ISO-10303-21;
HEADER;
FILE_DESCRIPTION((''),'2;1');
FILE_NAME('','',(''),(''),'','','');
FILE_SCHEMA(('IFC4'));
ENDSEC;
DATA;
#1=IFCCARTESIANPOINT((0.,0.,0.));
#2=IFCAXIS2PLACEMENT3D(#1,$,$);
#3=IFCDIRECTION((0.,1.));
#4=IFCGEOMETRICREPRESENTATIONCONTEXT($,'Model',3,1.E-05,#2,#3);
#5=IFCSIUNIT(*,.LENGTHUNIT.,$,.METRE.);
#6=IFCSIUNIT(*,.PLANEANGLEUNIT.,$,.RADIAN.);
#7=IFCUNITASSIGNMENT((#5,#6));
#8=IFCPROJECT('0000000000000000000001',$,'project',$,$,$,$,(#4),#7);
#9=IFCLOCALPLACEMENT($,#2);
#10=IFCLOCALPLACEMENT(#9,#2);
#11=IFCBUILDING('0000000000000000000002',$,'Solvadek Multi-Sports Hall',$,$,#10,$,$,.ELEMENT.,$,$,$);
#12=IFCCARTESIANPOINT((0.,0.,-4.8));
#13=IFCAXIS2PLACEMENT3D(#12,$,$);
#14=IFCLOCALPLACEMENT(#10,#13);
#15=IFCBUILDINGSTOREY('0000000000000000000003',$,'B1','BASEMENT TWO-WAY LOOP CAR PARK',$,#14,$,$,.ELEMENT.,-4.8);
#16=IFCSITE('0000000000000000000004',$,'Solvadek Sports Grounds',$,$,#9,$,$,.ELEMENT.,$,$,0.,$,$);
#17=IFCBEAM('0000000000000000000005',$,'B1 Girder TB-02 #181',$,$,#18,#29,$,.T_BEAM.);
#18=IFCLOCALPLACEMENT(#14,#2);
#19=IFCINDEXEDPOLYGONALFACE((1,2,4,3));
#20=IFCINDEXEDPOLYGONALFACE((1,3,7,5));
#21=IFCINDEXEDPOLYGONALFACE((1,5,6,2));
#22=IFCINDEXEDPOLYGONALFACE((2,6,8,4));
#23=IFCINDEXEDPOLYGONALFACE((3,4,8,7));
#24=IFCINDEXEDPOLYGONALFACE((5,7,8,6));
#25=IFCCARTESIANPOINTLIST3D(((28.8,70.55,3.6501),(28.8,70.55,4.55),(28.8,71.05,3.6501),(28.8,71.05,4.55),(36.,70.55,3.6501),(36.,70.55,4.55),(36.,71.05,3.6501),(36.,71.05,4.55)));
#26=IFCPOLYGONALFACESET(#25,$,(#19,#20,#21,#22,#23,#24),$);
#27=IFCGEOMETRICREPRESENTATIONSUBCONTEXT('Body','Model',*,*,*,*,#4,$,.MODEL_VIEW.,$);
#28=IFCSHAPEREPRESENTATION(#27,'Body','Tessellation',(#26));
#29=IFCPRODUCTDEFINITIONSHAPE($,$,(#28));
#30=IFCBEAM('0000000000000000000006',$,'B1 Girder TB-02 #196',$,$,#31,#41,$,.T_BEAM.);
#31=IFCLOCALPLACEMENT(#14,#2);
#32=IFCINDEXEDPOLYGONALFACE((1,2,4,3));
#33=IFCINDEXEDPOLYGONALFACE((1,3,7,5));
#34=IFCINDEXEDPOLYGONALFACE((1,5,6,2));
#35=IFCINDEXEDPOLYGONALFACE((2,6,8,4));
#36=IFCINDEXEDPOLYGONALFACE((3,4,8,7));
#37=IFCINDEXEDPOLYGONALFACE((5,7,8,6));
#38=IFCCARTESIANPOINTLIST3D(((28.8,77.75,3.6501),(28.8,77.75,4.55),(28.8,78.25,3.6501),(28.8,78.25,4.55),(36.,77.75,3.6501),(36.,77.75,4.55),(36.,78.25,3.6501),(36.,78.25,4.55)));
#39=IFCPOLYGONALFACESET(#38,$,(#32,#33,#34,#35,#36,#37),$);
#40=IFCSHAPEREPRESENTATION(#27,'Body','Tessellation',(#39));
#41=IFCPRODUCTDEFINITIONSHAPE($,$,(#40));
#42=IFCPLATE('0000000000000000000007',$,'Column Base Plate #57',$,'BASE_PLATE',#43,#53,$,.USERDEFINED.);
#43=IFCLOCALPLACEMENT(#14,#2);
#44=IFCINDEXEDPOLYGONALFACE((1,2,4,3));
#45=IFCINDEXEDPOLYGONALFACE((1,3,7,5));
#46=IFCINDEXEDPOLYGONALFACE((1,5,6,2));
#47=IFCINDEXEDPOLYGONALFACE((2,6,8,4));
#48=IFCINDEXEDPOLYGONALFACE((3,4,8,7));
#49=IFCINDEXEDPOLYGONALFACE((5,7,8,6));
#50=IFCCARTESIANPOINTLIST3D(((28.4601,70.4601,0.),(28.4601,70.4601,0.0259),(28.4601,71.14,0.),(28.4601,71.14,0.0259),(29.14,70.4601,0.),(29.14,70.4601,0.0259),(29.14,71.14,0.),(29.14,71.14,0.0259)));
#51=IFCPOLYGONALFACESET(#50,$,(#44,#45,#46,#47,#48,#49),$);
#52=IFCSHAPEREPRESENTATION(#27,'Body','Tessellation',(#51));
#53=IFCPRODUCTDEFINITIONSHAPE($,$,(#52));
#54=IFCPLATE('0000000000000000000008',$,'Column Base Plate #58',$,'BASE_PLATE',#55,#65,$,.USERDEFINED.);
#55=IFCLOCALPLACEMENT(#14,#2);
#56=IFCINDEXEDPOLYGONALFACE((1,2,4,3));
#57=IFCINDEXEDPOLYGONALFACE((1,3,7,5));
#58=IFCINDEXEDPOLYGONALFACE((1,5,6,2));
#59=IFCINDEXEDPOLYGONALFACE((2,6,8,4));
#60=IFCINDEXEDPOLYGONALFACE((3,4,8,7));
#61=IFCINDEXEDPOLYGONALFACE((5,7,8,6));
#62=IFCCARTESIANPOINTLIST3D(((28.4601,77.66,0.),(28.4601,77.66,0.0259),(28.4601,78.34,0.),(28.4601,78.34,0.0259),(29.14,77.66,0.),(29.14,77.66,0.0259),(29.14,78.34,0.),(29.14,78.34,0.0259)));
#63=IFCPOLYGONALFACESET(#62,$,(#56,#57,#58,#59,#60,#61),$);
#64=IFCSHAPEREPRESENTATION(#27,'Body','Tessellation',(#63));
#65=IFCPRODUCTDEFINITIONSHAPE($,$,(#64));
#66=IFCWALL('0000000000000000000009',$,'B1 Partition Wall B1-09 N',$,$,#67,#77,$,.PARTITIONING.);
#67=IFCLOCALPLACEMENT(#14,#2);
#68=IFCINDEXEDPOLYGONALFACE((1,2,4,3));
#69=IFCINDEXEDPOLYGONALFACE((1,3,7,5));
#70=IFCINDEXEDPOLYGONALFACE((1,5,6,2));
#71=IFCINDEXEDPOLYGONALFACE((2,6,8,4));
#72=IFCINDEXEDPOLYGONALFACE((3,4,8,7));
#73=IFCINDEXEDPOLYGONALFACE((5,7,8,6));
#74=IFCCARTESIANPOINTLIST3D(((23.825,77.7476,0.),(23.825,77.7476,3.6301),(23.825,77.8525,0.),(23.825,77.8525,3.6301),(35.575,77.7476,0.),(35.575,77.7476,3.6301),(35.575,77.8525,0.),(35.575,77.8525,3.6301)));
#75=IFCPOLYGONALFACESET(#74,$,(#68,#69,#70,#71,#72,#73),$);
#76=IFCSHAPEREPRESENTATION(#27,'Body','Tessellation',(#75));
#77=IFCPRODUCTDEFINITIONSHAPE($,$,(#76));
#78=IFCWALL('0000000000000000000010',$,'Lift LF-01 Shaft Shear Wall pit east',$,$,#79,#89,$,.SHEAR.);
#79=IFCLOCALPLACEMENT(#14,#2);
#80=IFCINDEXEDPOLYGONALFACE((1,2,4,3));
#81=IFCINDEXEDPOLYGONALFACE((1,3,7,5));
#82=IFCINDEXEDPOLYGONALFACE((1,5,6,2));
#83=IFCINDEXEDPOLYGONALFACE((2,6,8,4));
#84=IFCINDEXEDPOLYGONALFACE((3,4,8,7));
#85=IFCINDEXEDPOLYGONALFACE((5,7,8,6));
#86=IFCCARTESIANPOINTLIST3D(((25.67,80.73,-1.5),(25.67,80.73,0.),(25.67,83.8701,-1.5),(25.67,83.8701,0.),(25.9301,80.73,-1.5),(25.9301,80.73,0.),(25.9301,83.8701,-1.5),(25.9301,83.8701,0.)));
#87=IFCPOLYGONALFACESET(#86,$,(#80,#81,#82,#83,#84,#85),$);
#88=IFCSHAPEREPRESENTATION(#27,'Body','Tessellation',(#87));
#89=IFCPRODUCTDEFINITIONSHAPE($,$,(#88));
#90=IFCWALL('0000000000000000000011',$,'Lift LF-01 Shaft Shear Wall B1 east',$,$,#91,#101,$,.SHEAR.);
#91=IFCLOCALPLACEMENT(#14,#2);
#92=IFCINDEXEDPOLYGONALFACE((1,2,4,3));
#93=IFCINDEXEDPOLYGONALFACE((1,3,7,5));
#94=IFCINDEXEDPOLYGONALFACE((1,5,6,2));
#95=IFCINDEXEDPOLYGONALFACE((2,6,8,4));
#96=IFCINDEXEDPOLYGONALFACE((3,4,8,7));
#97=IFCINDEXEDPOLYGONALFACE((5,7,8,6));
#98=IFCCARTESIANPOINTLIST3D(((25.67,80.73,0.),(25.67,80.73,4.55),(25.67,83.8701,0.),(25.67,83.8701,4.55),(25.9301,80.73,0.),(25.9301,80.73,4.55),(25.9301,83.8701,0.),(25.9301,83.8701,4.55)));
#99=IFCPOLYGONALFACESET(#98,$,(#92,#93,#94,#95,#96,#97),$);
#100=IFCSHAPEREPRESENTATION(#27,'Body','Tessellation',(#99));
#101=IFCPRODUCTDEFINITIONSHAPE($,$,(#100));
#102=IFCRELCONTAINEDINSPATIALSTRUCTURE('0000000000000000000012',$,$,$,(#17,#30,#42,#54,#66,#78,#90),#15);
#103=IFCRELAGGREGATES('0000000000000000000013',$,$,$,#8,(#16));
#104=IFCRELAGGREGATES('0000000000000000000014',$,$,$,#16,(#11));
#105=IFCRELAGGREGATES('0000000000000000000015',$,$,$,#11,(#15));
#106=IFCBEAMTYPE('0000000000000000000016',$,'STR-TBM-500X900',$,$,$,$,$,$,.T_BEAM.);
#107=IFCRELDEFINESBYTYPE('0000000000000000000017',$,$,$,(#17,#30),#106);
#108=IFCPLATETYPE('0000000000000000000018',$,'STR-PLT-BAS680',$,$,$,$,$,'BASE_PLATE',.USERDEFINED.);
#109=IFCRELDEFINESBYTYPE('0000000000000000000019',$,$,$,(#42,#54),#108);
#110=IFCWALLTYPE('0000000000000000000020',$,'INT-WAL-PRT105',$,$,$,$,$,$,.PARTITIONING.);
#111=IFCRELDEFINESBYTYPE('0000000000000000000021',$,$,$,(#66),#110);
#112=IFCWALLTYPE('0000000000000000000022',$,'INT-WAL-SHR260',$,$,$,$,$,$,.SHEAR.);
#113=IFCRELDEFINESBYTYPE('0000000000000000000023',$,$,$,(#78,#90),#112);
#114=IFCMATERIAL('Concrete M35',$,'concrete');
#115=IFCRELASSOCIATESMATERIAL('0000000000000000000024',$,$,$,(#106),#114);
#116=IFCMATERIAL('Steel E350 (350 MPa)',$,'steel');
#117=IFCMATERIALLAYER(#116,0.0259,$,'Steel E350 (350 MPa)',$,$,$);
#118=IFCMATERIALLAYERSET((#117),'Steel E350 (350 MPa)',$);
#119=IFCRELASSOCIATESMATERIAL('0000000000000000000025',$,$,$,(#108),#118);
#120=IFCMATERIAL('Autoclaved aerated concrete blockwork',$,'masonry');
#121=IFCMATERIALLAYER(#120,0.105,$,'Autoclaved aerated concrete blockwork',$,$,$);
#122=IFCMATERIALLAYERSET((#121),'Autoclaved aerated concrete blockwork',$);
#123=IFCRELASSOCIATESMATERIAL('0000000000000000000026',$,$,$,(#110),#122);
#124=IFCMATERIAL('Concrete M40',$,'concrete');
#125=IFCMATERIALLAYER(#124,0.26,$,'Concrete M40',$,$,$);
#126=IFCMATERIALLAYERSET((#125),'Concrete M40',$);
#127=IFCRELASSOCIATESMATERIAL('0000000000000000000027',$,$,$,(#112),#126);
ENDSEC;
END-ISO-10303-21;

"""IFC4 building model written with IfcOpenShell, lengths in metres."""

from ifc_helpers import new_model, si_unit, direction, frame, frame_2d, origin, origin_2d, place, context, subcontext, project, spatial, rectangle, extrude, material, layer, layer_set, material_profile, profile_set, type_object, element, save


model = new_model("IFC4")

# Units and contexts
model_context = context("Model", 3, precision=1e-05, world=origin(), true_north=direction((0.0, 1.0)))
body_context = subcontext(model_context, "Body", "Model", "MODEL_VIEW")
ifc_project = project(units=[si_unit("LENGTHUNIT", "METRE"), si_unit("PLANEANGLEUNIT", "RADIAN")], contexts=[model_context])

# Site, building, storey
site_placement = place(None, origin())
site = spatial("IfcSite", under=ifc_project, at=site_placement, Name="Solvadek Sports Grounds", CompositionType="ELEMENT", RefElevation=0.0)
building_placement = place(site_placement, origin())
building = spatial("IfcBuilding", under=site, at=building_placement, Name="Solvadek Multi-Sports Hall", CompositionType="ELEMENT")
storey_placement = place(building_placement, frame((0.0, 0.0, -4.8)))
storey = spatial("IfcBuildingStorey", under=building, at=storey_placement, Name="B1", Description="BASEMENT TWO-WAY LOOP CAR PARK", CompositionType="ELEMENT", Elevation=-4.8)

# Shared definitions
ifc_material_1 = material(Name="Concrete M40", Category="concrete")

# Shared definitions
ifc_material_2 = material(Name="Concrete M35", Category="concrete")

# Shared definitions
ifc_material_3 = material(Name="Steel E350 (350 MPa)", Category="steel")

# Beams
ifc_material_profile_1 = material_profile(ifc_material_2, rectangle(XDim=0.5, YDim=0.8999, at=origin_2d()), Name="RC T-BEAM 500x900")
ifc_profile_set_1 = profile_set([ifc_material_profile_1], Name="Concrete M35")
beam_type_1 = type_object("IfcBeamType", Name="STR-TBM-500X900", PredefinedType="T_BEAM", material=ifc_profile_set_1)
for number, where, z_axis, x_axis, name in (
    (1, (28.8, 70.8, 4.1001), (1.0, 0.0, 0.0), (0.0, 1.0, 0.0), "B1 Girder TB-02 #181"),
    (2, (28.8, 78.0, 4.1001), (1.0, 0.0, 0.0), (0.0, 1.0, 0.0), "B1 Girder TB-02 #196"),
):
    element("IfcBeam", number, at=place(storey_placement, frame(where, z_axis=z_axis, x_axis=x_axis)), inside=storey, type_object=beam_type_1, Name=name, PredefinedType="T_BEAM", context=body_context, shape_type="SweptSolid", body=[
        extrude(rectangle(XDim=0.5, YDim=0.8999, at=origin_2d()), origin(), (0.0, 0.0, 1.0), 7.2),
    ])

# Plates
ifc_layer_1 = layer(ifc_material_3, 0.0259, Name="Steel E350 (350 MPa)")
ifc_layer_set_1 = layer_set([ifc_layer_1], Name="Steel E350 (350 MPa)")
plate_type = type_object("IfcPlateType", Name="STR-PLT-BAS680", ElementType="BASE_PLATE", PredefinedType="USERDEFINED", material=ifc_layer_set_1)
for number, where, z_axis, x_axis, name in (
    (3, (28.8, 70.8, 0.0), (0.0, 0.0, 1.0), (1.0, 0.0, 0.0), "Column Base Plate #57"),
    (4, (28.8, 78.0, 0.0), (0.0, 0.0, 1.0), (1.0, 0.0, 0.0), "Column Base Plate #58"),
):
    element("IfcPlate", number, at=place(storey_placement, frame(where, z_axis=z_axis, x_axis=x_axis)), inside=storey, type_object=plate_type, Name=name, ObjectType="BASE_PLATE", PredefinedType="USERDEFINED", context=body_context, shape_type="SweptSolid", body=[
        extrude(rectangle(XDim=0.6799, YDim=0.6799, at=origin_2d()), origin(), (0.0, 0.0, 1.0), 0.0259),
    ])

# Walls
ifc_material_4 = material(Name="Autoclaved aerated concrete blockwork", Category="masonry")
ifc_layer_2 = layer(ifc_material_4, 0.105, Name="Autoclaved aerated concrete blockwork")
ifc_layer_set_2 = layer_set([ifc_layer_2], Name="Autoclaved aerated concrete blockwork")
wall_type_1 = type_object("IfcWallType", Name="INT-WAL-PRT105", PredefinedType="PARTITIONING", material=ifc_layer_set_2)
wall_1_placement = place(storey_placement, frame((23.825, 77.8, 0.0), z_axis=(0.0, 0.0, 1.0), x_axis=(1.0, 0.0, 0.0)))
element("IfcWall", 5, at=wall_1_placement, inside=storey, type_object=wall_type_1, Name="B1 Partition Wall B1-09 N", PredefinedType="PARTITIONING", context=body_context, shape_type="SweptSolid", body=[
    extrude(rectangle(XDim=11.75, YDim=0.105, at=frame_2d((5.875, 0.0))), origin(), (0.0, 0.0, 1.0), 3.6301),
])
ifc_layer_3 = layer(ifc_material_1, 0.26, Name="Concrete M40")
ifc_layer_set_3 = layer_set([ifc_layer_3], Name="Concrete M40")
wall_type_2 = type_object("IfcWallType", Name="INT-WAL-SHR260", PredefinedType="SHEAR", material=ifc_layer_set_3)
wall_2_placement = place(storey_placement, frame((25.8, 80.73, -1.5), z_axis=(0.0, 0.0, 1.0), x_axis=(0.0, 1.0, 0.0)))
element("IfcWall", 6, at=wall_2_placement, inside=storey, type_object=wall_type_2, Name="Lift LF-01 Shaft Shear Wall pit east", PredefinedType="SHEAR", context=body_context, shape_type="SweptSolid", body=[
    extrude(rectangle(XDim=3.1401, YDim=0.26, at=frame_2d((1.5701, 0.0))), origin(), (0.0, 0.0, 1.0), 1.5),
])
wall_3_placement = place(storey_placement, frame((25.8, 80.73, 0.0), z_axis=(0.0, 0.0, 1.0), x_axis=(0.0, 1.0, 0.0)))
element("IfcWall", 7, at=wall_3_placement, inside=storey, type_object=wall_type_2, Name="Lift LF-01 Shaft Shear Wall B1 east", PredefinedType="SHEAR", context=body_context, shape_type="SweptSolid", body=[
    extrude(rectangle(XDim=3.1401, YDim=0.26, at=frame_2d((1.5701, 0.0))), origin(), (0.0, 0.0, 1.0), 4.55),
])

save(model, "model.ifc")
